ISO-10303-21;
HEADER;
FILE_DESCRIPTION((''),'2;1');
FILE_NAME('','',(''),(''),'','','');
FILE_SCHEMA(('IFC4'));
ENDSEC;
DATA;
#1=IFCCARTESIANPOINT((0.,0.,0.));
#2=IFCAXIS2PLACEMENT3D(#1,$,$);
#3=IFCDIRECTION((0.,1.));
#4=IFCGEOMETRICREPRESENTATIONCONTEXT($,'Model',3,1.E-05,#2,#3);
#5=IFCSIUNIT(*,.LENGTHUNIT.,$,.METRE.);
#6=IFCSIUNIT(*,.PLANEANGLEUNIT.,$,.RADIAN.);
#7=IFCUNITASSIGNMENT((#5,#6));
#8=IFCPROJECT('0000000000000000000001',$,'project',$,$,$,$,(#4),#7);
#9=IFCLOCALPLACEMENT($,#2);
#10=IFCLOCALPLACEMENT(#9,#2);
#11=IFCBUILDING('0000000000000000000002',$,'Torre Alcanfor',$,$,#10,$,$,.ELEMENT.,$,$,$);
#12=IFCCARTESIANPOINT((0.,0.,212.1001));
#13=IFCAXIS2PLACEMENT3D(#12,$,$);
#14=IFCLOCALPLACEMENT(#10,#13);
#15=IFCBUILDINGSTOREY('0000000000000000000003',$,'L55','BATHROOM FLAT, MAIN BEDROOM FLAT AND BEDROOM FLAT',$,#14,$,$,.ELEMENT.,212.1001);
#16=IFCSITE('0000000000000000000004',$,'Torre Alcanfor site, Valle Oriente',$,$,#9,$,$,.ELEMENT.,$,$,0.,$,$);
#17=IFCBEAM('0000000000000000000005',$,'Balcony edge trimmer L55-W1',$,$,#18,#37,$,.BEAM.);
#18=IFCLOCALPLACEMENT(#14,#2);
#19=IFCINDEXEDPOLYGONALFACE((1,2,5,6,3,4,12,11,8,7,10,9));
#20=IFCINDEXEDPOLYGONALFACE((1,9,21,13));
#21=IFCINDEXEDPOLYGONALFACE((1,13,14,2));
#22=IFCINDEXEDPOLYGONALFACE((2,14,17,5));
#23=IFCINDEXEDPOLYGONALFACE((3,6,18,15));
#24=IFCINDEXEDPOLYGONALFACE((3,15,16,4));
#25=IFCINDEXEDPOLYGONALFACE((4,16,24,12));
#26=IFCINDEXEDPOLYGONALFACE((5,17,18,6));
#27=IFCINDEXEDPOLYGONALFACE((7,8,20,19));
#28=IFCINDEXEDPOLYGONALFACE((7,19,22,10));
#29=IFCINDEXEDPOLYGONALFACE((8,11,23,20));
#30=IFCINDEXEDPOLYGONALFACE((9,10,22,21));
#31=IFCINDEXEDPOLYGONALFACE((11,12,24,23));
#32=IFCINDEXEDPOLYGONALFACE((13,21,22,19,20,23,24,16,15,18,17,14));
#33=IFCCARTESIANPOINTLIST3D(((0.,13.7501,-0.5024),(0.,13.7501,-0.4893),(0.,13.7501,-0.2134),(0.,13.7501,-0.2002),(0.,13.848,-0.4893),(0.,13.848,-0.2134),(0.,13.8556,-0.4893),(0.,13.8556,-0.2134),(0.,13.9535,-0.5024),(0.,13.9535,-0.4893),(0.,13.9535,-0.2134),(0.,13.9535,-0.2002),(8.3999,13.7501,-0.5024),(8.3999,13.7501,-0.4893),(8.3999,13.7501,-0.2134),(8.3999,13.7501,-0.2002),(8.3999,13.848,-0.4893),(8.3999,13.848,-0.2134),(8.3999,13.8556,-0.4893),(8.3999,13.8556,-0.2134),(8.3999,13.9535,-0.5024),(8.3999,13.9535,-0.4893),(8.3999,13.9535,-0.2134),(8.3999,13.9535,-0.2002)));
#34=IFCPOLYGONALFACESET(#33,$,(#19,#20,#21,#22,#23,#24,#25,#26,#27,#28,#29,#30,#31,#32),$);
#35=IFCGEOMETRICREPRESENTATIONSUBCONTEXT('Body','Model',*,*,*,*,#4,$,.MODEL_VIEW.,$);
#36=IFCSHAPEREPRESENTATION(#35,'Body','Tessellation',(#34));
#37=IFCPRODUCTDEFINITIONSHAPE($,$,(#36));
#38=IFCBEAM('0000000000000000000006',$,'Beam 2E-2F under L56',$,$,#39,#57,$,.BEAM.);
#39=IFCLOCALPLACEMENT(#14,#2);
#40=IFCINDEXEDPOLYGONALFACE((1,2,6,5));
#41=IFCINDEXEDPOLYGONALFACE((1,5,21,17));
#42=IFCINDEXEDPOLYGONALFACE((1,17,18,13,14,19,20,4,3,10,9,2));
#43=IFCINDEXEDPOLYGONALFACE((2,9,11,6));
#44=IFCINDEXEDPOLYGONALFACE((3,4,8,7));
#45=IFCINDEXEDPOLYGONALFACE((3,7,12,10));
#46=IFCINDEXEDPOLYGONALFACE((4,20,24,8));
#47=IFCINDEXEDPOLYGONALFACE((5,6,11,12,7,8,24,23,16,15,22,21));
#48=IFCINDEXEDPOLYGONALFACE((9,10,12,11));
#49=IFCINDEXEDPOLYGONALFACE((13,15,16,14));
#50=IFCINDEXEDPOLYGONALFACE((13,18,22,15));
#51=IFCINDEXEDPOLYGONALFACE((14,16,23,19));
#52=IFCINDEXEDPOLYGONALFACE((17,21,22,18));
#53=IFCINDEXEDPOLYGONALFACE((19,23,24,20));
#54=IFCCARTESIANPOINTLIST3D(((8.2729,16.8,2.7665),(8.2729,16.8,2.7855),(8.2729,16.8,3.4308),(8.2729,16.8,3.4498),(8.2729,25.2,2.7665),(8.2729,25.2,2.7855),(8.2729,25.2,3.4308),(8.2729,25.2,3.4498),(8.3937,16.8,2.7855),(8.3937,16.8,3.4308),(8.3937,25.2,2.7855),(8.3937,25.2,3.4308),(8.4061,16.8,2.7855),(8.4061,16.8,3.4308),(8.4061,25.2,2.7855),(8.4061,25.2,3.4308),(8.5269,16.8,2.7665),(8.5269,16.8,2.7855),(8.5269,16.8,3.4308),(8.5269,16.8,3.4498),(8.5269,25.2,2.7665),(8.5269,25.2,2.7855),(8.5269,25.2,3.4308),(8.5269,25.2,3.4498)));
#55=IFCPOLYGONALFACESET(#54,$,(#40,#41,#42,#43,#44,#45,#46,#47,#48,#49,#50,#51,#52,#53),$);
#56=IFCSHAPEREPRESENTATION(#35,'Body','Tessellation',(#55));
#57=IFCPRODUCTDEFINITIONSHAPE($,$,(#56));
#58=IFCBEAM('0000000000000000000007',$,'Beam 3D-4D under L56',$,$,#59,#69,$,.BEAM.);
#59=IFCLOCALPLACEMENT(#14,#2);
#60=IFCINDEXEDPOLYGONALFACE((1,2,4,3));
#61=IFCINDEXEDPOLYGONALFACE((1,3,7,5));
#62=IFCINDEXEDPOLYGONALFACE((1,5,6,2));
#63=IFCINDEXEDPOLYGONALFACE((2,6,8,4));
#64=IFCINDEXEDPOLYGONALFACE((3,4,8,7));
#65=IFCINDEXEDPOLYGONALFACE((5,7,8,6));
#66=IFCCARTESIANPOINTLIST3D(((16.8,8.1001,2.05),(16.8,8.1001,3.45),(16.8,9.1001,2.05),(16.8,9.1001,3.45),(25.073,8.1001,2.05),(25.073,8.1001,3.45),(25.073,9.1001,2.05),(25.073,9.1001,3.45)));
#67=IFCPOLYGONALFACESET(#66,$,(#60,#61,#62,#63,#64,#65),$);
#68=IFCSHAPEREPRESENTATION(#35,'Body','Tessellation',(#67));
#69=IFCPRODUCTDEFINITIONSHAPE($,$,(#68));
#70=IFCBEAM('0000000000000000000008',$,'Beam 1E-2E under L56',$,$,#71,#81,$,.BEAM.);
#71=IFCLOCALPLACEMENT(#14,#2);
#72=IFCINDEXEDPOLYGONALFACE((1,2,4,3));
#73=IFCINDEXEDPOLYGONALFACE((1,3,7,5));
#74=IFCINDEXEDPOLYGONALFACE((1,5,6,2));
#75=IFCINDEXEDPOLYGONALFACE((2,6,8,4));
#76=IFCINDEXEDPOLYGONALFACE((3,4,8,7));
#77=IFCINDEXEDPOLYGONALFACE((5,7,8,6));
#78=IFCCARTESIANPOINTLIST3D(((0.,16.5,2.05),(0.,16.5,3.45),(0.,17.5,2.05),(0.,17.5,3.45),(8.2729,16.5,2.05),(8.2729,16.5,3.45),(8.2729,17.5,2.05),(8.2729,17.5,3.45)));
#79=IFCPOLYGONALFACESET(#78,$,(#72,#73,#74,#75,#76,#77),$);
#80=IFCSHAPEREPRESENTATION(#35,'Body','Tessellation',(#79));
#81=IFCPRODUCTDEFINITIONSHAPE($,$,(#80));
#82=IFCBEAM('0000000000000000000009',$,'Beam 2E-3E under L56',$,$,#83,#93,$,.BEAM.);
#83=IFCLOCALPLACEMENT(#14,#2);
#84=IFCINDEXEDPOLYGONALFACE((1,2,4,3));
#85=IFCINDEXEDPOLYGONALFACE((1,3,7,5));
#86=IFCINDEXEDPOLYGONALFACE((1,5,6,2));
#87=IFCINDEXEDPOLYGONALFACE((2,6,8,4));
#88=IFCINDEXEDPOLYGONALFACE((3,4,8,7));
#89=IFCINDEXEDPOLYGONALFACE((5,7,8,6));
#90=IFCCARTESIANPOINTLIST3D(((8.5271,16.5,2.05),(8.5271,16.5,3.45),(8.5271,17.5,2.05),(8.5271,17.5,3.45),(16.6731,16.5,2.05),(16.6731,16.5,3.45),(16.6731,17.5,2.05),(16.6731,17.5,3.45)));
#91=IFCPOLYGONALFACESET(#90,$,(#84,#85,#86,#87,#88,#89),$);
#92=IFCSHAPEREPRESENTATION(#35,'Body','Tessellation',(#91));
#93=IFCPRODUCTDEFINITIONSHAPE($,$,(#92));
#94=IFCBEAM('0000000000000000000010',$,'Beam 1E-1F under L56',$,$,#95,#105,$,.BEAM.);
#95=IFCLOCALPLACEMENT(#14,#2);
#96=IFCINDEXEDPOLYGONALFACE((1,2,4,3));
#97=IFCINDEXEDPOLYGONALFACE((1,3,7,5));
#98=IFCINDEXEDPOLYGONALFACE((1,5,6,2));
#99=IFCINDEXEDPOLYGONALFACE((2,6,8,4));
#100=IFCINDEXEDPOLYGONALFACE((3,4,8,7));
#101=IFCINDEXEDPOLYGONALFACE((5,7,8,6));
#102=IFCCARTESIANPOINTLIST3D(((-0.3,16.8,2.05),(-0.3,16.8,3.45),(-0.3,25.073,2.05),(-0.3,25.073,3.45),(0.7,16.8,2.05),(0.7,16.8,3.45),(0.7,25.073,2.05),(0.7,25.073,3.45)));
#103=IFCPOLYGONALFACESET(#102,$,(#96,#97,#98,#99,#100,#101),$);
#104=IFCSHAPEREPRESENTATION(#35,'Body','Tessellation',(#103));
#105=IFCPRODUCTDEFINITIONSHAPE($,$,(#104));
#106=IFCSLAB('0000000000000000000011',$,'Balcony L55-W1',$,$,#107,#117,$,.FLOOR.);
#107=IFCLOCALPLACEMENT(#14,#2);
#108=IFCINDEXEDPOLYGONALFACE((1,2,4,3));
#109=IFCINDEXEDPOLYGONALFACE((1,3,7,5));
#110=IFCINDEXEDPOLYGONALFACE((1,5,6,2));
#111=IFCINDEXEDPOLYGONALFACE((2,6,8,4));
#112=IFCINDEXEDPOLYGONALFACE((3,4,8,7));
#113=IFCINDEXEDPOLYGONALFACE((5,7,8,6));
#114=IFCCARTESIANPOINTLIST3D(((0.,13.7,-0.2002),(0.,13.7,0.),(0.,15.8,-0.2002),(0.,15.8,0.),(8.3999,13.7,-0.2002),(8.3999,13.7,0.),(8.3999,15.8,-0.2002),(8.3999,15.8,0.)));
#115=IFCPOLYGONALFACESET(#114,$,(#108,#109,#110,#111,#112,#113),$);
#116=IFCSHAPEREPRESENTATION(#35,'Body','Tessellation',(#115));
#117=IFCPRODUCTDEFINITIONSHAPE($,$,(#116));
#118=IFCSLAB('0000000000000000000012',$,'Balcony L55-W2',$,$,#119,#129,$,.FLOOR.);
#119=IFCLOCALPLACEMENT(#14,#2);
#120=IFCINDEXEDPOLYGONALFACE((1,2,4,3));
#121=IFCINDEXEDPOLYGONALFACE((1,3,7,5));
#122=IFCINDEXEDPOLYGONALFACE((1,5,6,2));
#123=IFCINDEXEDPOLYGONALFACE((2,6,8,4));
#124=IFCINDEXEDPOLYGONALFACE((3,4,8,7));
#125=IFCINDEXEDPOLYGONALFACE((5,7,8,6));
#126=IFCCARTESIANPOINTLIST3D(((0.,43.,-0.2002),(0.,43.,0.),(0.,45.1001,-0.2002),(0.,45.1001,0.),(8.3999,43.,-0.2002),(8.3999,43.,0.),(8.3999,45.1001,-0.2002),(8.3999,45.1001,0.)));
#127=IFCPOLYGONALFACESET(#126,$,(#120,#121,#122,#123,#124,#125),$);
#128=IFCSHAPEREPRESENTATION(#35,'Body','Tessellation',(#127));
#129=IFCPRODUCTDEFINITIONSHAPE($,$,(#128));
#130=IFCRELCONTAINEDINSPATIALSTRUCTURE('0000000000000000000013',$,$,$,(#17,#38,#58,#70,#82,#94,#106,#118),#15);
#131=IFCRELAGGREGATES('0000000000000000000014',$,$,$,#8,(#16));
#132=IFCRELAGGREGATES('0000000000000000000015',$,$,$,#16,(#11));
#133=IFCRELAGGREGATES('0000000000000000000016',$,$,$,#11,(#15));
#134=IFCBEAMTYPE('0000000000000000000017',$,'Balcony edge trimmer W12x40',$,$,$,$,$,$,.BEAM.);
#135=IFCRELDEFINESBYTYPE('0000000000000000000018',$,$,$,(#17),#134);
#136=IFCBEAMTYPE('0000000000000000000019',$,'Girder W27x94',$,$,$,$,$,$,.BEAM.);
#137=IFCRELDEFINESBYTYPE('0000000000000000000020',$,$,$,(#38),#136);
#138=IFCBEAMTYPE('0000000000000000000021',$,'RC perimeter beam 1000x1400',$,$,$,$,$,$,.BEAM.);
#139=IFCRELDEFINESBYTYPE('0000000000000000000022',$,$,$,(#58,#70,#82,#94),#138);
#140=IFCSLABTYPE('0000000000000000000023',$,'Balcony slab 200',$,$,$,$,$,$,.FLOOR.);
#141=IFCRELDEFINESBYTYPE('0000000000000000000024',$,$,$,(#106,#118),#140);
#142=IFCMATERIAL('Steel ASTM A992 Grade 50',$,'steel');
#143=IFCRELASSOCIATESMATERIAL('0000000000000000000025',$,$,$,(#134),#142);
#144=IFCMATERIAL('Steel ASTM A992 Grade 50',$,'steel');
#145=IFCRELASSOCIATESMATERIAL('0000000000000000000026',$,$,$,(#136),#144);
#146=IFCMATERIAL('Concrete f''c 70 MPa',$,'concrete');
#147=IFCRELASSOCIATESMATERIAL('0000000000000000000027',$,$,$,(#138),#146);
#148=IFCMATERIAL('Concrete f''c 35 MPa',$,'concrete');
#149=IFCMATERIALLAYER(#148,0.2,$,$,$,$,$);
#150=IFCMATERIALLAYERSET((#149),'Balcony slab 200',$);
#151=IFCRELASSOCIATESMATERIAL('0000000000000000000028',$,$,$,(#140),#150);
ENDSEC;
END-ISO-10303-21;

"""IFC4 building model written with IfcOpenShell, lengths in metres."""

from ifc_helpers import new_model, si_unit, direction, frame, origin, origin_2d, place, context, subcontext, project, spatial, polyline, rectangle, i_section, outline, extrude, material, layer, layer_set, material_profile, profile_set, type_object, element, save


model = new_model("IFC4")

# Units and contexts
model_context = context("Model", 3, precision=1e-05, world=origin(), true_north=direction((0.0, 1.0)))
body_context = subcontext(model_context, "Body", "Model", "MODEL_VIEW")
ifc_project = project(units=[si_unit("LENGTHUNIT", "METRE"), si_unit("PLANEANGLEUNIT", "RADIAN")], contexts=[model_context])

# Site, building, storey
site_placement = place(None, origin())
site = spatial("IfcSite", under=ifc_project, at=site_placement, Name="Torre Alcanfor site, Valle Oriente", CompositionType="ELEMENT", RefElevation=0.0)
building_placement = place(site_placement, origin())
building = spatial("IfcBuilding", under=site, at=building_placement, Name="Torre Alcanfor", CompositionType="ELEMENT")
storey_placement = place(building_placement, frame((0.0, 0.0, 212.1001)))
storey = spatial("IfcBuildingStorey", under=building, at=storey_placement, Name="L55", Description="BATHROOM FLAT, MAIN BEDROOM FLAT AND BEDROOM FLAT", CompositionType="ELEMENT", Elevation=212.1001)

# Beams
ifc_material_1 = material(Name="Steel ASTM A992 Grade 50", Category="steel")
ifc_material_profile_1 = material_profile(ifc_material_1, i_section(OverallWidth=0.2034, OverallDepth=0.3022, WebThickness=0.0076, FlangeThickness=0.0132, at=origin_2d()), Name="W12x40")
ifc_profile_set_1 = profile_set([ifc_material_profile_1], Name="Steel ASTM A992 Grade 50")
beam_type_1 = type_object("IfcBeamType", Name="Balcony edge trimmer W12x40", PredefinedType="BEAM", material=ifc_profile_set_1)
beam_1_placement = place(storey_placement, frame((8.3999, 13.8518, -0.3513), z_axis=(-1.0, 0.0, 0.0), x_axis=(0.0, -1.0, 0.0)))
element("IfcBeam", 1, at=beam_1_placement, inside=storey, type_object=beam_type_1, Name="Balcony edge trimmer L55-W1", PredefinedType="BEAM", context=body_context, shape_type="SweptSolid", body=[
    extrude(i_section(OverallWidth=0.2034, OverallDepth=0.3022, WebThickness=0.0076, FlangeThickness=0.0132, at=origin_2d()), origin(), (0.0, 0.0, 1.0), 8.3999),
])
ifc_material_2 = material(Name="Steel ASTM A992 Grade 50", Category="steel")
ifc_material_profile_2 = material_profile(ifc_material_2, i_section(OverallWidth=0.2539, OverallDepth=0.6833, WebThickness=0.0125, FlangeThickness=0.019, at=origin_2d()), Name="W27x94")
ifc_profile_set_2 = profile_set([ifc_material_profile_2], Name="Steel ASTM A992 Grade 50")
beam_type_2 = type_object("IfcBeamType", Name="Girder W27x94", PredefinedType="BEAM", material=ifc_profile_set_2)
beam_2_placement = place(storey_placement, frame((8.3999, 16.8, 3.1082), z_axis=(0.0, 1.0, 0.0), x_axis=(-1.0, 0.0, 0.0)))
element("IfcBeam", 2, at=beam_2_placement, inside=storey, type_object=beam_type_2, Name="Beam 2E-2F under L56", PredefinedType="BEAM", context=body_context, shape_type="SweptSolid", body=[
    extrude(i_section(OverallWidth=0.2539, OverallDepth=0.6833, WebThickness=0.0125, FlangeThickness=0.019, at=origin_2d()), origin(), (0.0, 0.0, 1.0), 8.3999),
])
ifc_material_3 = material(Name="Concrete f'c 70 MPa", Category="concrete")
ifc_material_profile_3 = material_profile(ifc_material_3, rectangle(XDim=1.0, YDim=1.3999, at=origin_2d()), Name="1000x1400")
ifc_profile_set_3 = profile_set([ifc_material_profile_3], Name="Concrete f'c 70 MPa")
beam_type_3 = type_object("IfcBeamType", Name="RC perimeter beam 1000x1400", PredefinedType="BEAM", material=ifc_profile_set_3)
for number, where, z_axis, x_axis, name in (
    (3, (16.8, 8.6001, 2.75), (1.0, 0.0, 0.0), (0.0, 1.0, 0.0), "Beam 3D-4D under L56"),
    (4, (0.0, 17.0, 2.75), (1.0, 0.0, 0.0), (0.0, 1.0, 0.0), "Beam 1E-2E under L56"),
):
    element("IfcBeam", number, at=place(storey_placement, frame(where, z_axis=z_axis, x_axis=x_axis)), inside=storey, type_object=beam_type_3, Name=name, PredefinedType="BEAM", context=body_context, shape_type="SweptSolid", body=[
        extrude(rectangle(XDim=1.0, YDim=1.3999, at=origin_2d()), origin(), (0.0, 0.0, 1.0), 8.2729),
    ])
beam_3_placement = place(storey_placement, frame((8.5271, 17.0, 2.75), z_axis=(1.0, 0.0, 0.0), x_axis=(0.0, 1.0, 0.0)))
element("IfcBeam", 5, at=beam_3_placement, inside=storey, type_object=beam_type_3, Name="Beam 2E-3E under L56", PredefinedType="BEAM", context=body_context, shape_type="SweptSolid", body=[
    extrude(rectangle(XDim=1.0, YDim=1.3999, at=origin_2d()), origin(), (0.0, 0.0, 1.0), 8.146),
])
beam_4_placement = place(storey_placement, frame((0.2, 16.8, 2.75), z_axis=(0.0, 1.0, 0.0), x_axis=(-1.0, 0.0, 0.0)))
element("IfcBeam", 6, at=beam_4_placement, inside=storey, type_object=beam_type_3, Name="Beam 1E-1F under L56", PredefinedType="BEAM", context=body_context, shape_type="SweptSolid", body=[
    extrude(rectangle(XDim=1.0, YDim=1.3999, at=origin_2d()), origin(), (0.0, 0.0, 1.0), 8.2729),
])

# Slabs
ifc_material_4 = material(Name="Concrete f'c 35 MPa", Category="concrete")
ifc_layer_1 = layer(ifc_material_4, 0.2)
ifc_layer_set_1 = layer_set([ifc_layer_1], Name="Balcony slab 200")
slab_type_1 = type_object("IfcSlabType", Name="Balcony slab 200", PredefinedType="FLOOR", material=ifc_layer_set_1)
slab_1_placement = place(storey_placement, frame((0.0, 0.0, -0.2002)))
element("IfcSlab", 7, at=slab_1_placement, inside=storey, type_object=slab_type_1, Name="Balcony L55-W1", PredefinedType="FLOOR", context=body_context, shape_type="SweptSolid", body=[
    extrude(outline(polyline([(8.3999, 15.8), (0.0, 15.8), (0.0, 13.7), (8.3999, 13.7), (8.3999, 15.8)])), origin(), (0.0, 0.0, 1.0), 0.2002),
])
slab_2_placement = place(storey_placement, frame((0.0, 0.0, -0.2002)))
element("IfcSlab", 8, at=slab_2_placement, inside=storey, type_object=slab_type_1, Name="Balcony L55-W2", PredefinedType="FLOOR", context=body_context, shape_type="SweptSolid", body=[
    extrude(outline(polyline([(8.3999, 45.1001), (0.0, 45.1001), (0.0, 43.0), (8.3999, 43.0), (8.3999, 45.1001)])), origin(), (0.0, 0.0, 1.0), 0.2002),
])

save(model, "model.ifc")
